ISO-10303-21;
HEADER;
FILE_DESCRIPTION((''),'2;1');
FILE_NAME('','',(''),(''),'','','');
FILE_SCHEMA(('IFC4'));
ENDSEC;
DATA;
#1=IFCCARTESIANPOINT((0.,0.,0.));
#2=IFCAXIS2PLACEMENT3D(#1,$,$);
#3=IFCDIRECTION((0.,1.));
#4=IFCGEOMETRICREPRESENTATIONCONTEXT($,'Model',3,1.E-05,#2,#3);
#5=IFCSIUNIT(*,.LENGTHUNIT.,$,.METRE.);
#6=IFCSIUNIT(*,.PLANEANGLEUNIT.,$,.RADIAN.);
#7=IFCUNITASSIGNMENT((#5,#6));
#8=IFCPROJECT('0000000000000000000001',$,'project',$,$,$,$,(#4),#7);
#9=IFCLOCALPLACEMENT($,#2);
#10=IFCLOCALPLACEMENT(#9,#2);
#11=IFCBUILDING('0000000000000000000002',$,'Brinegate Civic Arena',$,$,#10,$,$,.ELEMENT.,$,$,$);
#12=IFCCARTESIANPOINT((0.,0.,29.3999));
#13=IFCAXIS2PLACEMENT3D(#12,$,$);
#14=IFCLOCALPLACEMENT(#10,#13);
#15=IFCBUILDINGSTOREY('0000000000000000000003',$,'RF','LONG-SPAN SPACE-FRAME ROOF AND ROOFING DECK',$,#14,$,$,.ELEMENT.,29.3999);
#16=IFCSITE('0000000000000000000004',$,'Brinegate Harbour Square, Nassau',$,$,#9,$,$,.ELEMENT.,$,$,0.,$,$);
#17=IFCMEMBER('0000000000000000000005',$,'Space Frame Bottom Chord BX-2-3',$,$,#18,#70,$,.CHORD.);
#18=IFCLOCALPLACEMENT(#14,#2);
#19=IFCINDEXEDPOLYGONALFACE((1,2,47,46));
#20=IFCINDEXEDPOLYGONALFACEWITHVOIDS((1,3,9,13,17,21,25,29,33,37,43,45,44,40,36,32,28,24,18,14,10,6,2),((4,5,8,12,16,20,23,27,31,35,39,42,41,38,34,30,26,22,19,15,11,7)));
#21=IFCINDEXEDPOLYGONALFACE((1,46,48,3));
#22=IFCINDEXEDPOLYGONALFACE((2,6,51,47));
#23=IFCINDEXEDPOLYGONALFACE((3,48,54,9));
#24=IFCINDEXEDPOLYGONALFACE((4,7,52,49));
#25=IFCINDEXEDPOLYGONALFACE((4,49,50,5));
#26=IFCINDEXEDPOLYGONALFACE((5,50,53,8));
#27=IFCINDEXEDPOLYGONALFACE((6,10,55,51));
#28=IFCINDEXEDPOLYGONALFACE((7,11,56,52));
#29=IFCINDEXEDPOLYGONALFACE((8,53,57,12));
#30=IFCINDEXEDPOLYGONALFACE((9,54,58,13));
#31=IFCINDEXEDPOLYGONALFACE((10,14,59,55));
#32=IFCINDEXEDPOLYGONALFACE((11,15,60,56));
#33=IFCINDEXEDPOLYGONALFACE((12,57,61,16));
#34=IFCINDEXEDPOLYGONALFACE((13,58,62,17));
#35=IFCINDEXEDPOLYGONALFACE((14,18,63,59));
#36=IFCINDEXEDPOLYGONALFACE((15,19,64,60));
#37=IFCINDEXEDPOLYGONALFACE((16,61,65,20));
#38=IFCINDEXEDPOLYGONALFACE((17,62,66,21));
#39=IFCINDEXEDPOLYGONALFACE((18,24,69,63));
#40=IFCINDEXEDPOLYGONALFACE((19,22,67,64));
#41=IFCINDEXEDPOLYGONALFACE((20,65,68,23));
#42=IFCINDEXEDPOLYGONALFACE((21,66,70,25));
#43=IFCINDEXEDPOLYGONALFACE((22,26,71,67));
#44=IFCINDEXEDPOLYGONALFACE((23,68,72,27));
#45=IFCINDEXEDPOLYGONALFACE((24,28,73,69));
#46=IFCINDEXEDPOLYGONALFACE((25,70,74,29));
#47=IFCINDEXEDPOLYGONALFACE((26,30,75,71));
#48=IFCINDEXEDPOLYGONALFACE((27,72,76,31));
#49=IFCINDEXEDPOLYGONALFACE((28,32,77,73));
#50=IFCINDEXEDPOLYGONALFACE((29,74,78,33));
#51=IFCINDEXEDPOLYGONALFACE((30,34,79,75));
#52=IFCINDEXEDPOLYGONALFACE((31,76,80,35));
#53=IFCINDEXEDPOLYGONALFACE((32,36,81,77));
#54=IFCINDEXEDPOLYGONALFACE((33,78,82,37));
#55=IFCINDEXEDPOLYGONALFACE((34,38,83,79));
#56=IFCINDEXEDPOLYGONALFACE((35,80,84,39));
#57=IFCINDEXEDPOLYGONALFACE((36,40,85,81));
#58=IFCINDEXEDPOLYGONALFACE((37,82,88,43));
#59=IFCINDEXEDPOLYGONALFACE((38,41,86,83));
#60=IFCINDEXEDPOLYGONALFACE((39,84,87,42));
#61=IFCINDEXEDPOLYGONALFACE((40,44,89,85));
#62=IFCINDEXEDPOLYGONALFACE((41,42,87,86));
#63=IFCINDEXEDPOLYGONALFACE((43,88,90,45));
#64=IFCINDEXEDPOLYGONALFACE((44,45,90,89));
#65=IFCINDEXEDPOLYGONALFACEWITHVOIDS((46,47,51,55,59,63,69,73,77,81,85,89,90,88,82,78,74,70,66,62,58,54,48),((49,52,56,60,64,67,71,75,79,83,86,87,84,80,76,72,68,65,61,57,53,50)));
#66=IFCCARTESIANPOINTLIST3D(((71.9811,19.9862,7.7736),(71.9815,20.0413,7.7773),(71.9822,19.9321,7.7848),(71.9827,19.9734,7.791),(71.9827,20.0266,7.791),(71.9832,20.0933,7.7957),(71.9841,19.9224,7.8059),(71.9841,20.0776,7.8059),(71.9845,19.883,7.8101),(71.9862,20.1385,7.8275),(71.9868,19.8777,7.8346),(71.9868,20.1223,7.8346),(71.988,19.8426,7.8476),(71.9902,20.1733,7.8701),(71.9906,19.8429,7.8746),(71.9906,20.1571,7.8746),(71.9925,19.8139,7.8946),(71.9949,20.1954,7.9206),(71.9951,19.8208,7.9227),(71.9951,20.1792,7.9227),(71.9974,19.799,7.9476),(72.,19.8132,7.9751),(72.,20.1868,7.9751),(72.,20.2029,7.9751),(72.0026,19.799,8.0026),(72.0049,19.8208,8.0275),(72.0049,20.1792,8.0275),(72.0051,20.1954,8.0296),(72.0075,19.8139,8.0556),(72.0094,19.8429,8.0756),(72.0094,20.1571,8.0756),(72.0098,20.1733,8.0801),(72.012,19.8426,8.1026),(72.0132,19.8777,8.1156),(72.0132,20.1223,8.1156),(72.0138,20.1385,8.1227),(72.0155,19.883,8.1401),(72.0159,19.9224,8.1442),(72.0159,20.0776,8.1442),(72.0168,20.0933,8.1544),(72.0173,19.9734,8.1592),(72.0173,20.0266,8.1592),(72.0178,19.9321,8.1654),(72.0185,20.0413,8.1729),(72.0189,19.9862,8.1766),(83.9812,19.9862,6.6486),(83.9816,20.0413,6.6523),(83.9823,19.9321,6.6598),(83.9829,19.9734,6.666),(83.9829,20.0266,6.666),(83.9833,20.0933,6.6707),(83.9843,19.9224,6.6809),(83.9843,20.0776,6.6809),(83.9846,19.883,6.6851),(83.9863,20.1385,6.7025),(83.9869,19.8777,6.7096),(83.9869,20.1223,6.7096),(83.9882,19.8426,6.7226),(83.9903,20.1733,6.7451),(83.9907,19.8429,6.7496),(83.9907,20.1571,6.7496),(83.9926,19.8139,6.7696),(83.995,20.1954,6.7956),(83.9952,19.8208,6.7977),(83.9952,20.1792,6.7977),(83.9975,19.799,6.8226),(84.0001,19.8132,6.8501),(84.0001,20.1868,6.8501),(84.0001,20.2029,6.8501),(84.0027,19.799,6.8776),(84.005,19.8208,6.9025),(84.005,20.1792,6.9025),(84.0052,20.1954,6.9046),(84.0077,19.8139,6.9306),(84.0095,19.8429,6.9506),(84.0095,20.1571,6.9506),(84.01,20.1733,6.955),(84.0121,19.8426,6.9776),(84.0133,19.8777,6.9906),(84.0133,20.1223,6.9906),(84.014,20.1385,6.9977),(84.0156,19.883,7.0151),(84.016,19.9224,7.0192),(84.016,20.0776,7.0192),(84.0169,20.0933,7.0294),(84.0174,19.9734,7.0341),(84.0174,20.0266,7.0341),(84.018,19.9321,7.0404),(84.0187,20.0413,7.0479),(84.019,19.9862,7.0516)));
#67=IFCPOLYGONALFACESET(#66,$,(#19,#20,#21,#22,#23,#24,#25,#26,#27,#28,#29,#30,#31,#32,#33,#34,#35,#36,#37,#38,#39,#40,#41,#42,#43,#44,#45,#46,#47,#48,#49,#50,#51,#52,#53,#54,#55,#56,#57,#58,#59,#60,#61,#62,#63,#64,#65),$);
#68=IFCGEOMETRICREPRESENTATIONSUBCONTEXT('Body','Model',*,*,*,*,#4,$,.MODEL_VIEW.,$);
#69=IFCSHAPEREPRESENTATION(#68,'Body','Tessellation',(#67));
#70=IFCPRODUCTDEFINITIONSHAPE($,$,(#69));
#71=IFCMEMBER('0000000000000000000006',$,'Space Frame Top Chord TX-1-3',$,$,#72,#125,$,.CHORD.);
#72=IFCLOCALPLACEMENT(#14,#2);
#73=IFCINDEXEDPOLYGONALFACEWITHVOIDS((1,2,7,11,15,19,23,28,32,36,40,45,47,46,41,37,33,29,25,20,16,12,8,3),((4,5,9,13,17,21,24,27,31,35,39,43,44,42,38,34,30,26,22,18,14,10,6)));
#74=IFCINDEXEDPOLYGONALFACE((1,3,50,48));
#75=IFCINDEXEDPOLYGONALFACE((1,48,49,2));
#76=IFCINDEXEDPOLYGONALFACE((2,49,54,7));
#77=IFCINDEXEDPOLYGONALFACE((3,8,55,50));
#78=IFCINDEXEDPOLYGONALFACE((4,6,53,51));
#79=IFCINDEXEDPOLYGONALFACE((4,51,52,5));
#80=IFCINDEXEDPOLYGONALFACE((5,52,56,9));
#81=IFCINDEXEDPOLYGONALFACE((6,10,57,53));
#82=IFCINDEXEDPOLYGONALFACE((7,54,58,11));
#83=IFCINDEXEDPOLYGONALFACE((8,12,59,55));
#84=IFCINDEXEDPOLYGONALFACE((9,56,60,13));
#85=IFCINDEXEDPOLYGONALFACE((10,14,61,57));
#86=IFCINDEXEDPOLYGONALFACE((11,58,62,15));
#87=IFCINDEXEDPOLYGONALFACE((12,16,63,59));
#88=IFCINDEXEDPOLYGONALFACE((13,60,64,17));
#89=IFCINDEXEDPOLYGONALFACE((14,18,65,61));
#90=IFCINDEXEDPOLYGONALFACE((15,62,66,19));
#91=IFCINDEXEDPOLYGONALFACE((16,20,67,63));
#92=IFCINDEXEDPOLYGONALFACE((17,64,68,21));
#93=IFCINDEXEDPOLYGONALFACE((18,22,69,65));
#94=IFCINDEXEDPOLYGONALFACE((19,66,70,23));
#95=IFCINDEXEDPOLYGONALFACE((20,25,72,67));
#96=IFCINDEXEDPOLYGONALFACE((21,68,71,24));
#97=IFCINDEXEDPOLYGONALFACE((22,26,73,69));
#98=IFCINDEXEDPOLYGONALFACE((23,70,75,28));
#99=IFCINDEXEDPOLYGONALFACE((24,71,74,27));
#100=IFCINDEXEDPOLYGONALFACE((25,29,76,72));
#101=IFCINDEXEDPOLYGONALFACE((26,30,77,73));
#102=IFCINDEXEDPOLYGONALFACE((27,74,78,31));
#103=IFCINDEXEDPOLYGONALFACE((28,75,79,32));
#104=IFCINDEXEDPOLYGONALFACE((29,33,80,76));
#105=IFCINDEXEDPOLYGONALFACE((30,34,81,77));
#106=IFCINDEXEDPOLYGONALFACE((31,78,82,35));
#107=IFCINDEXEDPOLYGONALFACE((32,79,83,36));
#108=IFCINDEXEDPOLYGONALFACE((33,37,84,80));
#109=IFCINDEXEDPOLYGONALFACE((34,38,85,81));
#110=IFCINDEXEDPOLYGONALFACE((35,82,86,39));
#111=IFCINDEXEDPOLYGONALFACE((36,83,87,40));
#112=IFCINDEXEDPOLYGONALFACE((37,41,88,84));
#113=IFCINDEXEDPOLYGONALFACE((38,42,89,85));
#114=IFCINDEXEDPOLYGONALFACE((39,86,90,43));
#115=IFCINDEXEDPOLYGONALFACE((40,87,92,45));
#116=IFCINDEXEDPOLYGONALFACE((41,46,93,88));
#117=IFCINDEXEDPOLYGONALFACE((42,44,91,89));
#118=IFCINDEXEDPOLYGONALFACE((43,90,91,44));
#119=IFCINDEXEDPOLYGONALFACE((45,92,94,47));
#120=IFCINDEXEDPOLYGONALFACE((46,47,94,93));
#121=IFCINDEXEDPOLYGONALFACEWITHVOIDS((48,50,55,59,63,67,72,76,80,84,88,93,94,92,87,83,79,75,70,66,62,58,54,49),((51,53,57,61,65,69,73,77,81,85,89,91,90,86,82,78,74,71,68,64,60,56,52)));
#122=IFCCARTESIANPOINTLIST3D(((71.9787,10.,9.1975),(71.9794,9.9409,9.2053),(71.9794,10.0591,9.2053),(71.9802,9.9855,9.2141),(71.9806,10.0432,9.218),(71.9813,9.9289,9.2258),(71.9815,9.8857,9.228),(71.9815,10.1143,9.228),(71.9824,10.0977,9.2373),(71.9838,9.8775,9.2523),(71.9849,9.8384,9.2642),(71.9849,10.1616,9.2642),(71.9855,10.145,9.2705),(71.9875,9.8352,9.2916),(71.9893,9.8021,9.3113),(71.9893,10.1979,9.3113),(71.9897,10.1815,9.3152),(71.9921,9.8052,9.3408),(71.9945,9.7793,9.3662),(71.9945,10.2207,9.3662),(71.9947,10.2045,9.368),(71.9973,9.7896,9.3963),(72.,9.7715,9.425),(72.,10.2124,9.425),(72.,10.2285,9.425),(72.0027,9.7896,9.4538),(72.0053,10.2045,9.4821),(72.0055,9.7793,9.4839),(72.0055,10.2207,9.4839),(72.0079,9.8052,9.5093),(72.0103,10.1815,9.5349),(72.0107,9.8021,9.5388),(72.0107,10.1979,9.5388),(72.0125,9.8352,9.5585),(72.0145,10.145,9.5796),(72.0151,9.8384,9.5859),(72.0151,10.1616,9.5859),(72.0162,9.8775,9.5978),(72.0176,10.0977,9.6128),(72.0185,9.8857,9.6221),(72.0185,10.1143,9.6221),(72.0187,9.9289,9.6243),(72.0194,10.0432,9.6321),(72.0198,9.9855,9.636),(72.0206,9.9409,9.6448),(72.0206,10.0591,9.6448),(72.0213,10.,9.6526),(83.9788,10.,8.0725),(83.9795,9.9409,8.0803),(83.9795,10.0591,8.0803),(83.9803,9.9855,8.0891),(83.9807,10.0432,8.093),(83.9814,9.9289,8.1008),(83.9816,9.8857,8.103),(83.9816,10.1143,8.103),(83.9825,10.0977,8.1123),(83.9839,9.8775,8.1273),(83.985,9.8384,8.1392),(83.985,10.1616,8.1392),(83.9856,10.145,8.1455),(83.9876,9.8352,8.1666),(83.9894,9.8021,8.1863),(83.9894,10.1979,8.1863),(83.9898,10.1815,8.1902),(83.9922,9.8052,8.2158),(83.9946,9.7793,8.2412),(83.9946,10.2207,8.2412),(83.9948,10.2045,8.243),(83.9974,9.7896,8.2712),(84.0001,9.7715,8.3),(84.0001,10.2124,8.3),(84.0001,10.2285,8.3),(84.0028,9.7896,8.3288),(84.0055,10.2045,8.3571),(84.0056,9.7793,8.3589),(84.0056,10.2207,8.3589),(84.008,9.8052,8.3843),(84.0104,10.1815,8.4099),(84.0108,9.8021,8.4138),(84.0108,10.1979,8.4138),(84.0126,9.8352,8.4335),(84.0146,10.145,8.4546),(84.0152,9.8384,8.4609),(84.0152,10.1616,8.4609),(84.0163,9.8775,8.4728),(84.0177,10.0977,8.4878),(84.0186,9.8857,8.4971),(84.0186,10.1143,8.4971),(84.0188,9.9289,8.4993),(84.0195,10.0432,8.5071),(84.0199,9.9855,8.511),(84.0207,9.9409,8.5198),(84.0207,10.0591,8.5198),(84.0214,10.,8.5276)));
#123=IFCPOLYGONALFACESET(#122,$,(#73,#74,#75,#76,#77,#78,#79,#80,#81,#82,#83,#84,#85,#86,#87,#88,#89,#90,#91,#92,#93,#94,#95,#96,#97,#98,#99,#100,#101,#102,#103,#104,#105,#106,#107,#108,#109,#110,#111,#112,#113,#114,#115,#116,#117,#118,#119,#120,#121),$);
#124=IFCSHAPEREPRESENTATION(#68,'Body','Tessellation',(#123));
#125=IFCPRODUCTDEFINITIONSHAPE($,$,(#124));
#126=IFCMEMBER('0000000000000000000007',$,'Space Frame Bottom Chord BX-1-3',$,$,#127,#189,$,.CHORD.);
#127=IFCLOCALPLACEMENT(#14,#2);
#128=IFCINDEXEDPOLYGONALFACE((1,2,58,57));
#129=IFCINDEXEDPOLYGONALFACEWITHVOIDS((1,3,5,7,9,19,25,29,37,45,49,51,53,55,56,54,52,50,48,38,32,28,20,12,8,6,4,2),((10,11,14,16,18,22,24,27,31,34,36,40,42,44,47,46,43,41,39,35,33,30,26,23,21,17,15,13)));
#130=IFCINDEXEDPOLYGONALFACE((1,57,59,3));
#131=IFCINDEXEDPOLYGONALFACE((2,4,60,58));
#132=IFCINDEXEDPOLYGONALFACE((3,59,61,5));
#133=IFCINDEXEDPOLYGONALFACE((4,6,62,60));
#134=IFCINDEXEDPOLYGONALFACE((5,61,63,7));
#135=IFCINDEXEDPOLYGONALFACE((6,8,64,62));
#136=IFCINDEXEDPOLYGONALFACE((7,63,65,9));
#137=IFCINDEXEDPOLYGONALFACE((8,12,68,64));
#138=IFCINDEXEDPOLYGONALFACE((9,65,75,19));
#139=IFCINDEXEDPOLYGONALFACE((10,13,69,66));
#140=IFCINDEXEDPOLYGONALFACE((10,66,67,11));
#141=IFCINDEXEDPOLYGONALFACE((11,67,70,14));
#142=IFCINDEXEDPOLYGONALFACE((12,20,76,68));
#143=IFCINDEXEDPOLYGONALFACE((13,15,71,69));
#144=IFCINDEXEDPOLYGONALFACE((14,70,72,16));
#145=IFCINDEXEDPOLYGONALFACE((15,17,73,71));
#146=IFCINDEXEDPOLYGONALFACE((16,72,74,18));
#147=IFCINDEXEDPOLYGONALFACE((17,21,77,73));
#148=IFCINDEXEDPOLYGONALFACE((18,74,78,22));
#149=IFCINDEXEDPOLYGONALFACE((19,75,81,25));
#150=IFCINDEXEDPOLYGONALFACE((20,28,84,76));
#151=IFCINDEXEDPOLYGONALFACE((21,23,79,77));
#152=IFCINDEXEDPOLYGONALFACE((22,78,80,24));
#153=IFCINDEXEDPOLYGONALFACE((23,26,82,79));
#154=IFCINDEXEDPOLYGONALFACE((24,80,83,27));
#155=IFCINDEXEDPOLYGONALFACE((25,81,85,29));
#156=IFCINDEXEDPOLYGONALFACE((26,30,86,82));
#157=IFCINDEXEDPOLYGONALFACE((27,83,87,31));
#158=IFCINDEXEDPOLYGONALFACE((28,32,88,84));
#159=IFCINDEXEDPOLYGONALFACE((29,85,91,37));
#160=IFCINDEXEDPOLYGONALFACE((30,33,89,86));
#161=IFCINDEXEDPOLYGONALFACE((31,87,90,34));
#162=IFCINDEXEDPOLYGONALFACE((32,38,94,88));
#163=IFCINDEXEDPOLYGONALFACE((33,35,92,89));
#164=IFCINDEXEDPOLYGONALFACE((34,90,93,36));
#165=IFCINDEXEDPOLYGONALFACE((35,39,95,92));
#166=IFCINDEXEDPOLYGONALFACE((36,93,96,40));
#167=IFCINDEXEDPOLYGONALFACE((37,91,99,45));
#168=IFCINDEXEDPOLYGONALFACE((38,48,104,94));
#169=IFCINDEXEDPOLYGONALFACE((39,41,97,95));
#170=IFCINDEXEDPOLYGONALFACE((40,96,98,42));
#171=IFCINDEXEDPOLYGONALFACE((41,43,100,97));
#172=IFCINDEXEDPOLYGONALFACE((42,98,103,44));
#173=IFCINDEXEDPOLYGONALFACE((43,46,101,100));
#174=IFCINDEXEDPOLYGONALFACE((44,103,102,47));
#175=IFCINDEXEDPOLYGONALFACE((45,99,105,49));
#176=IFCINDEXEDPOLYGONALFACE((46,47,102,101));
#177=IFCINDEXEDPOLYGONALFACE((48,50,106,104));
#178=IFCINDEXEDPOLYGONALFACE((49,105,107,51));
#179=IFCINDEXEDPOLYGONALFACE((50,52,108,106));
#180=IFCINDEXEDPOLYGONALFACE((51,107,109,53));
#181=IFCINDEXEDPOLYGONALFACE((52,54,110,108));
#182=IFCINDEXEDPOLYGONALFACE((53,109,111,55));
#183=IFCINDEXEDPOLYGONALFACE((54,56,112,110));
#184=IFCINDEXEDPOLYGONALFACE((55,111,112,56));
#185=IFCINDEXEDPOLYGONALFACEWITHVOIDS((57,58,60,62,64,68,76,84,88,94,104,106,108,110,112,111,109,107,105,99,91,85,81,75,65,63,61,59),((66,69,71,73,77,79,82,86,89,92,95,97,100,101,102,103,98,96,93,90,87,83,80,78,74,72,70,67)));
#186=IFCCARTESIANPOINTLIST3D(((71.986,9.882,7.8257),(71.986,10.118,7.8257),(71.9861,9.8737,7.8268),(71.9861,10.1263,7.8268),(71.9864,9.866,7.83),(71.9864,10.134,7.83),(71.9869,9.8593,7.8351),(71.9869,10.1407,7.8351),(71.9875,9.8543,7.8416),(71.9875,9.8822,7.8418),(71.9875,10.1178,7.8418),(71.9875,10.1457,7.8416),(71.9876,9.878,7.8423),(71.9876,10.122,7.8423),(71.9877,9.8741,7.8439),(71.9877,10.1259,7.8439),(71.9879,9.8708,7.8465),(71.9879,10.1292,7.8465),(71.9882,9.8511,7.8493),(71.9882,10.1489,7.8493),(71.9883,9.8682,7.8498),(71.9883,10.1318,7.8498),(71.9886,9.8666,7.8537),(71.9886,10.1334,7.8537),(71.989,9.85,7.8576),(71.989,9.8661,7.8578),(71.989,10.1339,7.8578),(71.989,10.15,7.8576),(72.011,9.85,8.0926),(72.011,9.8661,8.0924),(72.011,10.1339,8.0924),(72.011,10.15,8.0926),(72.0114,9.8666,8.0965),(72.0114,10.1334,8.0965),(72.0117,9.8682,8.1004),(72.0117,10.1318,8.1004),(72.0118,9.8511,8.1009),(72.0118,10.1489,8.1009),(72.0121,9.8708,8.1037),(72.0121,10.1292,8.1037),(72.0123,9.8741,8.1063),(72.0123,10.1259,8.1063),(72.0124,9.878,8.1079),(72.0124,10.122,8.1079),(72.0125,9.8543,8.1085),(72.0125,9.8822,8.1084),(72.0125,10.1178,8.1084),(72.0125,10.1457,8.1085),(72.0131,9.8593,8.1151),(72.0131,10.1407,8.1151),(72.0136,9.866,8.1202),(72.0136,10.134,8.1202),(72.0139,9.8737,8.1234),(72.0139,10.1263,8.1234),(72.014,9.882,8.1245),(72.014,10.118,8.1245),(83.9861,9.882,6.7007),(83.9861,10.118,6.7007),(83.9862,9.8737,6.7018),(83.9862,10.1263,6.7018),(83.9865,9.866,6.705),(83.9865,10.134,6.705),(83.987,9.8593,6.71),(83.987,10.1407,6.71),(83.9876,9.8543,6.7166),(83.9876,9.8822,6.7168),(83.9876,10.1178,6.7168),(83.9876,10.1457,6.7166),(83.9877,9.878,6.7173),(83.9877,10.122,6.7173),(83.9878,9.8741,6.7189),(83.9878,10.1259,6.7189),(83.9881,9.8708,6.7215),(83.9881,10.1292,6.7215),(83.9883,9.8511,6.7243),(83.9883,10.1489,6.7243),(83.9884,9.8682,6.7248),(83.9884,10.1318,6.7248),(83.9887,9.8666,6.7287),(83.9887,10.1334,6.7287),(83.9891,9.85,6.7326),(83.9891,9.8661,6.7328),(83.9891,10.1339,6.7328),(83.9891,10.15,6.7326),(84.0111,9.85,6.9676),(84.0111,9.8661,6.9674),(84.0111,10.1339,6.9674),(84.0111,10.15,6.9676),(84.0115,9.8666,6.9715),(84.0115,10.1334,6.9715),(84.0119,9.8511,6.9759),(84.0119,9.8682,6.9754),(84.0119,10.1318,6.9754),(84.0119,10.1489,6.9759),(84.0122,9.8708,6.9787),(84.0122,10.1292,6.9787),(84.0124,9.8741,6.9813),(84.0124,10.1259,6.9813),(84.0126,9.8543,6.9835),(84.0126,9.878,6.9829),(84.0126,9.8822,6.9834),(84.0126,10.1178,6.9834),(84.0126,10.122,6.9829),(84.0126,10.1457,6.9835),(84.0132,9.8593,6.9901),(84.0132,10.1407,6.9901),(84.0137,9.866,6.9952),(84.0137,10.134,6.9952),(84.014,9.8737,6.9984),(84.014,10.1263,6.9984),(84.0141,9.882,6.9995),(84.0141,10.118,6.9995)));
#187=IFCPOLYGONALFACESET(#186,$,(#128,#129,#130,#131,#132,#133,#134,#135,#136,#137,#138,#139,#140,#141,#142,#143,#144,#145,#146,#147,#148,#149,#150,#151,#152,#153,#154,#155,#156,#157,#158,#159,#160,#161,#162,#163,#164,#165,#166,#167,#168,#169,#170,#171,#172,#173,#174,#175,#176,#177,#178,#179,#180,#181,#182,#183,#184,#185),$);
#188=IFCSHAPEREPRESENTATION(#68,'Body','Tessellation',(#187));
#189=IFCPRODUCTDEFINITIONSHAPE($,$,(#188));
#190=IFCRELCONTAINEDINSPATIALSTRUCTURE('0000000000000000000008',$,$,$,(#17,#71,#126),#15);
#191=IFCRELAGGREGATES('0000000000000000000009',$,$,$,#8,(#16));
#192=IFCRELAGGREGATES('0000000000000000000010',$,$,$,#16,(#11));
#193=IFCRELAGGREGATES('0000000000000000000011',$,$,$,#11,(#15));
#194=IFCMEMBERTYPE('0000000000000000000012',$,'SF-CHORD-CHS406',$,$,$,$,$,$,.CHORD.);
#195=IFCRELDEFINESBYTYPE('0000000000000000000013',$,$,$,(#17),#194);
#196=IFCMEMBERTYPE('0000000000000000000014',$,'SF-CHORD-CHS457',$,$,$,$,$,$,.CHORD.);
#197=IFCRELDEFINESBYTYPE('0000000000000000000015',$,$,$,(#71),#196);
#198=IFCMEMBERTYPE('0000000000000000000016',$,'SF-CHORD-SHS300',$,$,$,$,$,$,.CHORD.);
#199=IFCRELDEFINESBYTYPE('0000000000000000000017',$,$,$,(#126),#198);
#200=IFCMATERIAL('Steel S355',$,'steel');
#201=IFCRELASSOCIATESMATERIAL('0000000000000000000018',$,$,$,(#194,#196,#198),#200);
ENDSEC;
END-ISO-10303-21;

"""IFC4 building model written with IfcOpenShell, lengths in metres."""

from ifc_helpers import new_model, si_unit, direction, frame, origin, origin_2d, place, context, subcontext, project, spatial, hollow_rectangle, hollow_circle, extrude, material, material_profile, profile_set, type_object, element, save


model = new_model("IFC4")

# Units and contexts
model_context = context("Model", 3, precision=1e-05, world=origin(), true_north=direction((0.0, 1.0)))
body_context = subcontext(model_context, "Body", "Model", "MODEL_VIEW")
ifc_project = project(units=[si_unit("LENGTHUNIT", "METRE"), si_unit("PLANEANGLEUNIT", "RADIAN")], contexts=[model_context])

# Site, building, storey
site_placement = place(None, origin())
site = spatial("IfcSite", under=ifc_project, at=site_placement, Name="Brinegate Harbour Square, Nassau", CompositionType="ELEMENT", RefElevation=0.0)
building_placement = place(site_placement, origin())
building = spatial("IfcBuilding", under=site, at=building_placement, Name="Brinegate Civic Arena", CompositionType="ELEMENT")
storey_placement = place(building_placement, frame((0.0, 0.0, 29.3999)))
storey = spatial("IfcBuildingStorey", under=building, at=storey_placement, Name="RF", Description="LONG-SPAN SPACE-FRAME ROOF AND ROOFING DECK", CompositionType="ELEMENT", Elevation=29.3999)

# Shared definitions
ifc_material_1 = material(Name="Steel S355", Category="steel")

# Members
ifc_material_profile_1 = material_profile(ifc_material_1, hollow_circle(Radius=0.2029, WallThickness=0.0161, at=origin_2d()), Name="CHS406X16")
ifc_profile_set_1 = profile_set([ifc_material_profile_1], Name="Steel S355")
member_type_1 = type_object("IfcMemberType", Name="SF-CHORD-CHS406", PredefinedType="CHORD", material=ifc_profile_set_1)
for number, where, z_axis, x_axis, name in (
    (1, (72.0, 20.0, 7.9751), (0.995634, 0.0, -0.093341), (0.0, 1.0, 0.0), "Space Frame Bottom Chord BX-2-3"),
):
    element("IfcMember", number, at=place(storey_placement, frame(where, z_axis=z_axis, x_axis=x_axis)), inside=storey, type_object=member_type_1, Name=name, PredefinedType="CHORD", context=body_context, shape_type="SweptSolid", body=[
        extrude(hollow_circle(Radius=0.2029, WallThickness=0.0161, at=origin_2d()), origin(), (0.0, 0.0, 1.0), 12.0527),
    ])
ifc_material_profile_2 = material_profile(ifc_material_1, hollow_circle(Radius=0.2285, WallThickness=0.0161, at=origin_2d()), Name="CHS457X16")
ifc_profile_set_2 = profile_set([ifc_material_profile_2], Name="Steel S355")
member_type_2 = type_object("IfcMemberType", Name="SF-CHORD-CHS457", PredefinedType="CHORD", material=ifc_profile_set_2)
member_1_placement = place(storey_placement, frame((72.0, 10.0, 9.425), z_axis=(0.995634, 0.0, -0.093341), x_axis=(0.0, 1.0, 0.0)))
element("IfcMember", 2, at=member_1_placement, inside=storey, type_object=member_type_2, Name="Space Frame Top Chord TX-1-3", PredefinedType="CHORD", context=body_context, shape_type="SweptSolid", body=[
    extrude(hollow_circle(Radius=0.2285, WallThickness=0.0161, at=origin_2d()), origin(), (0.0, 0.0, 1.0), 12.0527),
])
ifc_material_profile_3 = material_profile(ifc_material_1, hollow_rectangle(XDim=0.3, YDim=0.3, WallThickness=0.0161, InnerFilletRadius=0.0161, OuterFilletRadius=0.032, at=origin_2d()), Name="SHS300X16")
ifc_profile_set_3 = profile_set([ifc_material_profile_3], Name="Steel S355")
member_type_3 = type_object("IfcMemberType", Name="SF-CHORD-SHS300", PredefinedType="CHORD", material=ifc_profile_set_3)
member_2_placement = place(storey_placement, frame((72.0, 10.0, 7.9751), z_axis=(0.995634, 0.0, -0.093341), x_axis=(0.0, 1.0, 0.0)))
element("IfcMember", 3, at=member_2_placement, inside=storey, type_object=member_type_3, Name="Space Frame Bottom Chord BX-1-3", PredefinedType="CHORD", context=body_context, shape_type="SweptSolid", body=[
    extrude(hollow_rectangle(XDim=0.3, YDim=0.3, WallThickness=0.0161, InnerFilletRadius=0.0161, OuterFilletRadius=0.032, at=origin_2d()), origin(), (0.0, 0.0, 1.0), 12.0527),
])

save(model, "model.ifc")
